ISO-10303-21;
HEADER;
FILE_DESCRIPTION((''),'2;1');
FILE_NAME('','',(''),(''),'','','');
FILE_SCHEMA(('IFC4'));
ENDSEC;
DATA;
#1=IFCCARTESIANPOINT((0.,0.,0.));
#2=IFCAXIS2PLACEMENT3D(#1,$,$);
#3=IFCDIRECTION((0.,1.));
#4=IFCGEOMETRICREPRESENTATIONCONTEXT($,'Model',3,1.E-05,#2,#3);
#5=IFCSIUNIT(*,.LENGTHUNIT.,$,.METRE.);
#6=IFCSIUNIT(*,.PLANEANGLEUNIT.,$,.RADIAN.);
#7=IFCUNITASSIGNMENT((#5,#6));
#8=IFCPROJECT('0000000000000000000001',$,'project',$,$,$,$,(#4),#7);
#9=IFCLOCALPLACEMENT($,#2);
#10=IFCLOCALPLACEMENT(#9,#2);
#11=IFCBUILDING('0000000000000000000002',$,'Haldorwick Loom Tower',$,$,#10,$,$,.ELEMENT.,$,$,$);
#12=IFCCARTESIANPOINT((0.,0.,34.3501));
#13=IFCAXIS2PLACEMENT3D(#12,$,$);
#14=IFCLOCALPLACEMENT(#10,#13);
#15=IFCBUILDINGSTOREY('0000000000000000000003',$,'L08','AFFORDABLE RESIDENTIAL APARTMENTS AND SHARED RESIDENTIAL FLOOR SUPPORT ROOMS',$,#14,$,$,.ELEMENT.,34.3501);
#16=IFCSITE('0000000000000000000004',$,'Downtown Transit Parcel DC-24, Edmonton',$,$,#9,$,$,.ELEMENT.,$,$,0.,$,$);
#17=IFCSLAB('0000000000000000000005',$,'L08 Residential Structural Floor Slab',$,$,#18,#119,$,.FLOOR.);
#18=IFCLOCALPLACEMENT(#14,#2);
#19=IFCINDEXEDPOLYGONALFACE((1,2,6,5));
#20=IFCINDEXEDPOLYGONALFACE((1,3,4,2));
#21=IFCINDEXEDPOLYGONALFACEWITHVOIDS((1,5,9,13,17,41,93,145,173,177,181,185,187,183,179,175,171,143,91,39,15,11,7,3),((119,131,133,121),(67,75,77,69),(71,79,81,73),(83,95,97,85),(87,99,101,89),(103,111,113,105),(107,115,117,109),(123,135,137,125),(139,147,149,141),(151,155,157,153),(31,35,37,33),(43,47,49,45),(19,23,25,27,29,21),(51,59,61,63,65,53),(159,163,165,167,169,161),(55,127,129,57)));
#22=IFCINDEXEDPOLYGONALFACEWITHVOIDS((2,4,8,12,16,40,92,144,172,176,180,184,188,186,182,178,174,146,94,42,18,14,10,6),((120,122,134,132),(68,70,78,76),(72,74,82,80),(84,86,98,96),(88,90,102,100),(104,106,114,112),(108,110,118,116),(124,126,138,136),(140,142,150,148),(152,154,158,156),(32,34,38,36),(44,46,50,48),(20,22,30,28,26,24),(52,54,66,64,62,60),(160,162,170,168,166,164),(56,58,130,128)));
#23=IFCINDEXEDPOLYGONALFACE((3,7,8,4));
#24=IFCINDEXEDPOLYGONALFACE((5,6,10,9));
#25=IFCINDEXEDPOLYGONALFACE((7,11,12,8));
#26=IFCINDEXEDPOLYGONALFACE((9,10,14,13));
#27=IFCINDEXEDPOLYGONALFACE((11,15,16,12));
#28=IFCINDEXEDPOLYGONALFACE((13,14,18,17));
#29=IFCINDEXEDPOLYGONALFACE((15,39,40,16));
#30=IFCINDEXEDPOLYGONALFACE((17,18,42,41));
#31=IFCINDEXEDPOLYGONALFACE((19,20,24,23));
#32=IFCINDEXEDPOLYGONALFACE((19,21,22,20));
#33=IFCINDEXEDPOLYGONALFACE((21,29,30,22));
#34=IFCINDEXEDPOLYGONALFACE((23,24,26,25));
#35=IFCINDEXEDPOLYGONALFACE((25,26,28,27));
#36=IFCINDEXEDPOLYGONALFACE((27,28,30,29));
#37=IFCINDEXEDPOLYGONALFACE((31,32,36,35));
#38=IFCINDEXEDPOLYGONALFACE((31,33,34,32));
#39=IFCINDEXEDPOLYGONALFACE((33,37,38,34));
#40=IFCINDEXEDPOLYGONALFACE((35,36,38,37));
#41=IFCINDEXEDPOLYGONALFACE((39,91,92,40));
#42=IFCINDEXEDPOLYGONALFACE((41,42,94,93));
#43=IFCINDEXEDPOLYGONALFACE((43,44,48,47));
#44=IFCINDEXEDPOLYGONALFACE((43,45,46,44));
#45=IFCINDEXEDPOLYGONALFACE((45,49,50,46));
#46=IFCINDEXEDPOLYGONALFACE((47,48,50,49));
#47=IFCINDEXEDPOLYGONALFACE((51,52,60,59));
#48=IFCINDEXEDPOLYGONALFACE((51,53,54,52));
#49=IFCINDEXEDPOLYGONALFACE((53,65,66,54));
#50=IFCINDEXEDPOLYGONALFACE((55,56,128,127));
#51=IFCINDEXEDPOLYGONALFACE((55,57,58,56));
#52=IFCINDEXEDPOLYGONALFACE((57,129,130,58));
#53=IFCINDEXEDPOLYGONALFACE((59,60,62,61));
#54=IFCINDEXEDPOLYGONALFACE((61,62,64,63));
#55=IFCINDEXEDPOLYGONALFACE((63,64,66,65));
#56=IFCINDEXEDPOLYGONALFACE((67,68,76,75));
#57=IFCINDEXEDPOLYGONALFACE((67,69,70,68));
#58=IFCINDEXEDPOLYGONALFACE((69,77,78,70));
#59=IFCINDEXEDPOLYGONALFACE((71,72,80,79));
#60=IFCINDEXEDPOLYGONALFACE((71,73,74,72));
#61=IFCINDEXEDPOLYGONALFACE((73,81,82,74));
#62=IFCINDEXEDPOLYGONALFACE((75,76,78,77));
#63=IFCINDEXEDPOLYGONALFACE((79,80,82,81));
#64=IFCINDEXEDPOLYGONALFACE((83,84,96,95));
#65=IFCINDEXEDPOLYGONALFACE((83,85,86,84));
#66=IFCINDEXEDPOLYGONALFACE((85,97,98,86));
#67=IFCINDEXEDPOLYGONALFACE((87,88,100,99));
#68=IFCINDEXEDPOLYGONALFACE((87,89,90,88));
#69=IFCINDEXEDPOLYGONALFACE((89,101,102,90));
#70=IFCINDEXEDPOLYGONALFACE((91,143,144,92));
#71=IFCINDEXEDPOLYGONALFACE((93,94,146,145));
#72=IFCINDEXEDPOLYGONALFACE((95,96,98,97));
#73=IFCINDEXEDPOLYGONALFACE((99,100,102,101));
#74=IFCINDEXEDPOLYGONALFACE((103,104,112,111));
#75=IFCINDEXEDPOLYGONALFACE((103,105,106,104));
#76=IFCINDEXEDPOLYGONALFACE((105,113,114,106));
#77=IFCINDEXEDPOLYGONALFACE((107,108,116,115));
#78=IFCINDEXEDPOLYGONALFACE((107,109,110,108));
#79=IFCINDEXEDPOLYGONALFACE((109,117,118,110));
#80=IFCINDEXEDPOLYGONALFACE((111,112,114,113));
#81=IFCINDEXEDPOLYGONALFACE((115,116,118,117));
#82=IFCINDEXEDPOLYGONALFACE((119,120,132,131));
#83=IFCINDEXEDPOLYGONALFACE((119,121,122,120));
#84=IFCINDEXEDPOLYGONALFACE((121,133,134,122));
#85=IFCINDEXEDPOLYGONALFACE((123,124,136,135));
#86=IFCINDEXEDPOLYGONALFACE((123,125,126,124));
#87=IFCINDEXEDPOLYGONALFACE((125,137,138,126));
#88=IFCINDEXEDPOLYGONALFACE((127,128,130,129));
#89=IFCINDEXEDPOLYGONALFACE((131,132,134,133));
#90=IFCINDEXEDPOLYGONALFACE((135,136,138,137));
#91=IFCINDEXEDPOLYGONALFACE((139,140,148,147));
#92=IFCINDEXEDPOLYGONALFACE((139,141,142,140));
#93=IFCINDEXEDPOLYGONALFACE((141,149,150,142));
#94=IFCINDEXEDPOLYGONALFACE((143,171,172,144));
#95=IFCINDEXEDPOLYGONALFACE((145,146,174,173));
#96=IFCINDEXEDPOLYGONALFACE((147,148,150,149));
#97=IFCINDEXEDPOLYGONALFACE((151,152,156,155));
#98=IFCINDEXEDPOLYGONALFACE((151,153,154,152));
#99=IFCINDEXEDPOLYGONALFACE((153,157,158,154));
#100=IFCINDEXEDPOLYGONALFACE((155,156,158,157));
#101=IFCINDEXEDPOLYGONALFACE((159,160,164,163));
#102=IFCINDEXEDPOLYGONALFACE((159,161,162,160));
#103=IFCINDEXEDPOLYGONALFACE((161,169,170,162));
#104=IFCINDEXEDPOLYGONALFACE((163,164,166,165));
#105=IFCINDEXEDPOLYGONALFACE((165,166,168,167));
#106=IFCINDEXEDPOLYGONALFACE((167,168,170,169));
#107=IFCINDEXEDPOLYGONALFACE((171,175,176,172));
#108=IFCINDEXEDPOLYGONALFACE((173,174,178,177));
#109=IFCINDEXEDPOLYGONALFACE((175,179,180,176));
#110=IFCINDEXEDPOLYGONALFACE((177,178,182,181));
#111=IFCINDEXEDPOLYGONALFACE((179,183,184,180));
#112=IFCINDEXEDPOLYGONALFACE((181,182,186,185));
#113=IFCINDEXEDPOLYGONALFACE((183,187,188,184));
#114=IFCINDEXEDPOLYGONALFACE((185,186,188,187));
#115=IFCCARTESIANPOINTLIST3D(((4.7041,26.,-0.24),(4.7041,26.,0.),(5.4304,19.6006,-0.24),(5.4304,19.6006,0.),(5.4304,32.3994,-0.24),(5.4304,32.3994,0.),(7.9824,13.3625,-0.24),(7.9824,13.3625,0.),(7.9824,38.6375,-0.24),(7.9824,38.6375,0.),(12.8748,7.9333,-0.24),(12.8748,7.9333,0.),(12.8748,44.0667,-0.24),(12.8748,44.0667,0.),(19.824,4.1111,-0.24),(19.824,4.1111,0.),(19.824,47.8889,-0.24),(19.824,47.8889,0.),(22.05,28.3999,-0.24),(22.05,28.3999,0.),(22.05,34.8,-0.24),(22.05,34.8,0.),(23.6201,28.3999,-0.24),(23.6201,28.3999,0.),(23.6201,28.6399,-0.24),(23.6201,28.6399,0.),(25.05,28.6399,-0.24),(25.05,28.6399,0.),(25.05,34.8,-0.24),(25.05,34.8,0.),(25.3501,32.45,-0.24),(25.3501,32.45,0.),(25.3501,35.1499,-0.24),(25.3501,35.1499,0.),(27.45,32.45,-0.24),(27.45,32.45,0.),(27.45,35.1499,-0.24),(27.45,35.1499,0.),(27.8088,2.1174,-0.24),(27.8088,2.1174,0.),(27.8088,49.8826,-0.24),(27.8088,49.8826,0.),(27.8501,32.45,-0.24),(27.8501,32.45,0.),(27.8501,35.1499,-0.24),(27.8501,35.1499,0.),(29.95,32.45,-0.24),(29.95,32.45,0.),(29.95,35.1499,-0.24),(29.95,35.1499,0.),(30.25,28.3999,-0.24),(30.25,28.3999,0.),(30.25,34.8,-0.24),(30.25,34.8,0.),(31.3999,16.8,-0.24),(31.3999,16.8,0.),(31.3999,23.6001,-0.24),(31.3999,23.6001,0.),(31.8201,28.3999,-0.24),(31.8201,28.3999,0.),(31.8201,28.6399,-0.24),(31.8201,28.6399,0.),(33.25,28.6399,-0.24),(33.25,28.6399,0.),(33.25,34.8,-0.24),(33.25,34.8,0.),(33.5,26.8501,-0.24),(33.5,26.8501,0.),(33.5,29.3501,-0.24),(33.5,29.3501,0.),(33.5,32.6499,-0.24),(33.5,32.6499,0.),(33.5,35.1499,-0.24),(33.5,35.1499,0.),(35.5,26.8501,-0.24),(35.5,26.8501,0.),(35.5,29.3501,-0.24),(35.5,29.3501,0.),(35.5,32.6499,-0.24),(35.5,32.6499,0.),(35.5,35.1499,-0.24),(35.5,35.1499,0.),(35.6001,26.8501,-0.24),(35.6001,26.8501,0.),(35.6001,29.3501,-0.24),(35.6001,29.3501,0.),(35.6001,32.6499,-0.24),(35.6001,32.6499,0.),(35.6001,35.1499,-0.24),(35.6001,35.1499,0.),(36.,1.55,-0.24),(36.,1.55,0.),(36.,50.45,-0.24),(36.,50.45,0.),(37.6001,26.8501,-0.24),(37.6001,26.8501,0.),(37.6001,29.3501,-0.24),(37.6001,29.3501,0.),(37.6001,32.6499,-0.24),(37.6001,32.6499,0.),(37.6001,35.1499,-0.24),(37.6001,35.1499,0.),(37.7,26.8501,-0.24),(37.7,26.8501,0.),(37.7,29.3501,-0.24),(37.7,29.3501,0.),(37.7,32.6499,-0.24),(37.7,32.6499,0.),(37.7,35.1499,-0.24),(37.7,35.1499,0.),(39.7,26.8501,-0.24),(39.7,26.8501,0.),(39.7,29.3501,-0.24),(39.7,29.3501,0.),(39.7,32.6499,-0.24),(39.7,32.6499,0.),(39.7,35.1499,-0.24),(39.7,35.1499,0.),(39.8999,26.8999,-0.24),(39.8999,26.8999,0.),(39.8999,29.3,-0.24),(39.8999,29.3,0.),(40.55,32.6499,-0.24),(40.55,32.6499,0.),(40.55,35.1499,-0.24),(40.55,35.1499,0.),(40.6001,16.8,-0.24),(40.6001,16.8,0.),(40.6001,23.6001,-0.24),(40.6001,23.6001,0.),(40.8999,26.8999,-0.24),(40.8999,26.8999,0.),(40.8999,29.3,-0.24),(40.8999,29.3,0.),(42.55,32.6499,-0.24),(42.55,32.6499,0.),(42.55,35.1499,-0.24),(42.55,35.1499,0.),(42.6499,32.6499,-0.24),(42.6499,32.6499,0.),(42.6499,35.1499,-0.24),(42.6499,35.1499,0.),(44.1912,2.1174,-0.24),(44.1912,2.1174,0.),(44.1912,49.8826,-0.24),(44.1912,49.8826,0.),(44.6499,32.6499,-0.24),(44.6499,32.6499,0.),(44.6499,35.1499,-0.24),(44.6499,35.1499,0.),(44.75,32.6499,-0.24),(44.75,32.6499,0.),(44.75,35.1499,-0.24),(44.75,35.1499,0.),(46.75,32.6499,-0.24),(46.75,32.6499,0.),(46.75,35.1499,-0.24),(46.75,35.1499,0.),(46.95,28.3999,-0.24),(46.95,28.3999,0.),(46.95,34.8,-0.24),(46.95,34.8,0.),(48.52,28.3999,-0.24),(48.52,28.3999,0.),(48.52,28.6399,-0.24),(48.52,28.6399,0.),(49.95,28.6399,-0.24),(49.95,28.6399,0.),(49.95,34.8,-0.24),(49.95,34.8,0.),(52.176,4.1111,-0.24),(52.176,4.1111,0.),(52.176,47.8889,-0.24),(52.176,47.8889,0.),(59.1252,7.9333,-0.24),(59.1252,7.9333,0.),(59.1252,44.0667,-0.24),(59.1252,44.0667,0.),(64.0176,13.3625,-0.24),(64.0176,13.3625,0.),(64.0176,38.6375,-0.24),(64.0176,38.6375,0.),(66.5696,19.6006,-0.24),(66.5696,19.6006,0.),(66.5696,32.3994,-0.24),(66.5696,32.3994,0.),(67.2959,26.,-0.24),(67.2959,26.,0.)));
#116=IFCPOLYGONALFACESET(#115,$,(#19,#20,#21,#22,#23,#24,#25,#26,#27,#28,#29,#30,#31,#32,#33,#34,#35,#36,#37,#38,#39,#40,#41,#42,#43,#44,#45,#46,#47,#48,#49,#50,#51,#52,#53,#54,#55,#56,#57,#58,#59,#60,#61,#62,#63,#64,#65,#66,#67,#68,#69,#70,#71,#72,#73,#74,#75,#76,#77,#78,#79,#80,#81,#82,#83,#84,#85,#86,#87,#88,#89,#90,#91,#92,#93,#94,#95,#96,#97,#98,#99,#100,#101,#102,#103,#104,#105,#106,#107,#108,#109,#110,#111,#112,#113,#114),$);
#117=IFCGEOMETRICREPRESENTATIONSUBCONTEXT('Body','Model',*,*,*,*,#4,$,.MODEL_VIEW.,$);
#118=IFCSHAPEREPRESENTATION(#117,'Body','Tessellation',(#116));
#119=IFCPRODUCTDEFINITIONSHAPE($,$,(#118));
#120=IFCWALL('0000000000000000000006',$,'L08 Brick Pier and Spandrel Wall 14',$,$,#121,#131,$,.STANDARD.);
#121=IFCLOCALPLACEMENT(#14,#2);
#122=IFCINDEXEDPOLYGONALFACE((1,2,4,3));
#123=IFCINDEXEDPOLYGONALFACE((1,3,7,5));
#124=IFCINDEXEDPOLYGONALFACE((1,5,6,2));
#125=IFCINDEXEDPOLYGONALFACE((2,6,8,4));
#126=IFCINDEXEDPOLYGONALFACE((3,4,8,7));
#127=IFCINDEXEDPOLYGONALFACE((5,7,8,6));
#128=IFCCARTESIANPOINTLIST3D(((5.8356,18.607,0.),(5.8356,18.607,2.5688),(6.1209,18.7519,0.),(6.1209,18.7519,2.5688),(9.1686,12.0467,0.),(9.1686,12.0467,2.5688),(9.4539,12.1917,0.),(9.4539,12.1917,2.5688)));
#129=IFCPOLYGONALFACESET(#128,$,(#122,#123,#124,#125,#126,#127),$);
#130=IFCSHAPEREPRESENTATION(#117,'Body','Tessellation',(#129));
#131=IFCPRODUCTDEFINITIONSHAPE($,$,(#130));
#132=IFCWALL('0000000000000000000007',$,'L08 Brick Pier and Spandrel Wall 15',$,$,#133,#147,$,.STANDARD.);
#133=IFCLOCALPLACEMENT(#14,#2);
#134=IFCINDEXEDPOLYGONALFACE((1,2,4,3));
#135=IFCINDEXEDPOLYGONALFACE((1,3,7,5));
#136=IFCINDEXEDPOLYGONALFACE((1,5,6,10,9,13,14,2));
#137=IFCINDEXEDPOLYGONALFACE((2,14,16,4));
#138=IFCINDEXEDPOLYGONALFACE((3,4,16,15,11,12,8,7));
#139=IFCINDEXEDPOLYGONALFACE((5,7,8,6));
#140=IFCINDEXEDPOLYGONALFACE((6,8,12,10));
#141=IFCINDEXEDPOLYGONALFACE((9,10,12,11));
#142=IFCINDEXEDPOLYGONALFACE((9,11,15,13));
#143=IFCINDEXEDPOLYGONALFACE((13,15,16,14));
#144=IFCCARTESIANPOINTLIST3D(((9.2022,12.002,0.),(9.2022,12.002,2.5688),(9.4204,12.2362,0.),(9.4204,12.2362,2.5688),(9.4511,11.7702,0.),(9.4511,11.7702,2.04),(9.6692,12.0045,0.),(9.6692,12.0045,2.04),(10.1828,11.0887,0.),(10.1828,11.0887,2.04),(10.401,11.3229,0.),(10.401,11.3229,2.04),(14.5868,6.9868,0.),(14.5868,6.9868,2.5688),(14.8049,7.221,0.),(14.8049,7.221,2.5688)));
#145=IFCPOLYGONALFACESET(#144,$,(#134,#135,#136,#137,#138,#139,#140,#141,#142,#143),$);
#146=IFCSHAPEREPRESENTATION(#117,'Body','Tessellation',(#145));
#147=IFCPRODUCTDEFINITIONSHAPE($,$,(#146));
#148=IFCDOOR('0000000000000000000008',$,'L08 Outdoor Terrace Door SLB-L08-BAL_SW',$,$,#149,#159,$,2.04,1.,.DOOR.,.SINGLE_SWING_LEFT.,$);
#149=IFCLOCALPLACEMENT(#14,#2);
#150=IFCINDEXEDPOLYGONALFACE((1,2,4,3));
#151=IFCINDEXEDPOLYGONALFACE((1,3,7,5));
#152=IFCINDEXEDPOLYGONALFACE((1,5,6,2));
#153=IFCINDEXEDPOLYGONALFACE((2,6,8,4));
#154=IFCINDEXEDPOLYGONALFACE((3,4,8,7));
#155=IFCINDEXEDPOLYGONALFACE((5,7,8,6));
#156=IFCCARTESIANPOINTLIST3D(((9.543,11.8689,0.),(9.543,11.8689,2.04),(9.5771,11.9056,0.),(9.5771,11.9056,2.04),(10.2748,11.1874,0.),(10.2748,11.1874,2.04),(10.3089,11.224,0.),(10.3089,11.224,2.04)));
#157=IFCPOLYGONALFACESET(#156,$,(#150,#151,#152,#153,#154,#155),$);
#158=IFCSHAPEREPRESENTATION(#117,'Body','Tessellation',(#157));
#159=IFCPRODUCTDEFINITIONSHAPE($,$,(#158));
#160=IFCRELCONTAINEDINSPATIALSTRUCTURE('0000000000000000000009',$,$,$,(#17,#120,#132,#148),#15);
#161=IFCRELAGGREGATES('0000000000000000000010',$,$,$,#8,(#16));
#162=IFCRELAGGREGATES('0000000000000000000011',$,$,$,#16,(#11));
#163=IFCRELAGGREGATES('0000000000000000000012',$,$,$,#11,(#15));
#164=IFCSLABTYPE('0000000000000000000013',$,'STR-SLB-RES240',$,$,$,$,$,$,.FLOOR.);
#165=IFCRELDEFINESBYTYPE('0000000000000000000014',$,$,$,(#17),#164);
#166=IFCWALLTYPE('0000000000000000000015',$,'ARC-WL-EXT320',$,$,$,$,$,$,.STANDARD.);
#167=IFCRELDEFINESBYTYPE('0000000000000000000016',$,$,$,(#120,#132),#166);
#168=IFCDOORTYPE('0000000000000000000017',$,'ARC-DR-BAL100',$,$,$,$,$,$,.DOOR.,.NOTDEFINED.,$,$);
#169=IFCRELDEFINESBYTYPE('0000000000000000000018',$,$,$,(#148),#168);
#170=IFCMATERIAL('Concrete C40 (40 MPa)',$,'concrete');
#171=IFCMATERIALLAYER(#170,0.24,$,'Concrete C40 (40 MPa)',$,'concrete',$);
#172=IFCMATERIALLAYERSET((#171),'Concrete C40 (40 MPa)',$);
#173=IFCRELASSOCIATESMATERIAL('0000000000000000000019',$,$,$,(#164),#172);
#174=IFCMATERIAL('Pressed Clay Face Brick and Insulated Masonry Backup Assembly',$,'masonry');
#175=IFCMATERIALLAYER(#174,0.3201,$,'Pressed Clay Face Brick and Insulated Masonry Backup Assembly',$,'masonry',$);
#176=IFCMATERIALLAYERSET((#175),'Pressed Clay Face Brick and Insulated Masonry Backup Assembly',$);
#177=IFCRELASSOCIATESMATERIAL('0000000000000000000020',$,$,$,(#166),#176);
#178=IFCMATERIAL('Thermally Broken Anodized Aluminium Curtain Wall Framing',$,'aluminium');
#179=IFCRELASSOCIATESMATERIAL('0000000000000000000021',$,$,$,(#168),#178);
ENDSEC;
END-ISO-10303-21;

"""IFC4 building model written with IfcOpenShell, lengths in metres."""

from ifc_helpers import new_model, si_unit, direction, frame, frame_2d, origin, place, context, subcontext, project, spatial, polyline, rectangle, outline, extrude, material, layer, layer_set, type_object, element, fill, save


model = new_model("IFC4")

# Units and contexts
model_context = context("Model", 3, precision=1e-05, world=origin(), true_north=direction((0.0, 1.0)))
body_context = subcontext(model_context, "Body", "Model", "MODEL_VIEW")
ifc_project = project(units=[si_unit("LENGTHUNIT", "METRE"), si_unit("PLANEANGLEUNIT", "RADIAN")], contexts=[model_context])

# Site, building, storey
site_placement = place(None, origin())
site = spatial("IfcSite", under=ifc_project, at=site_placement, Name="Downtown Transit Parcel DC-24, Edmonton", CompositionType="ELEMENT", RefElevation=0.0)
building_placement = place(site_placement, origin())
building = spatial("IfcBuilding", under=site, at=building_placement, Name="Haldorwick Loom Tower", CompositionType="ELEMENT")
storey_placement = place(building_placement, frame((0.0, 0.0, 34.3501)))
storey = spatial("IfcBuildingStorey", under=building, at=storey_placement, Name="L08", Description="AFFORDABLE RESIDENTIAL APARTMENTS AND SHARED RESIDENTIAL FLOOR SUPPORT ROOMS", CompositionType="ELEMENT", Elevation=34.3501)

# Shared definitions
ifc_material_1 = material(Name="Concrete C40 (40 MPa)", Category="concrete")

# Slab
ifc_layer_1 = layer(ifc_material_1, 0.24, Name="Concrete C40 (40 MPa)", Category="concrete")
ifc_layer_set_1 = layer_set([ifc_layer_1], Name="Concrete C40 (40 MPa)")
slab_type_1 = type_object("IfcSlabType", Name="STR-SLB-RES240", PredefinedType="FLOOR", material=ifc_layer_set_1)
slab_1_placement = place(storey_placement, frame((0.0, 0.0, -0.24)))
element("IfcSlab", 1, at=slab_1_placement, inside=storey, type_object=slab_type_1, Name="L08 Residential Structural Floor Slab", PredefinedType="FLOOR", context=body_context, shape_type="SweptSolid", body=[
    extrude(outline(polyline([(59.1252, 7.9333), (64.0176, 13.3625), (66.5696, 19.6006), (67.2959, 26.0), (66.5696, 32.3994), (64.0176, 38.6375), (59.1252, 44.0667), (52.176, 47.8889), (44.1912, 49.8826), (36.0, 50.45), (27.8088, 49.8826), (19.824, 47.8889), (12.8748, 44.0667), (7.9824, 38.6375), (5.4304, 32.3994), (4.7041, 26.0), (5.4304, 19.6006), (7.9824, 13.3625), (12.8748, 7.9333), (19.824, 4.1111), (27.8088, 2.1174), (36.0, 1.55), (44.1912, 2.1174), (52.176, 4.1111), (59.1252, 7.9333)]), holes=[polyline([(31.3999, 23.6001), (40.6001, 23.6001), (40.6001, 16.8), (31.3999, 16.8), (31.3999, 23.6001)]), polyline([(33.5, 26.8501), (33.5, 29.3501), (35.5, 29.3501), (35.5, 26.8501), (33.5, 26.8501)]), polyline([(22.05, 28.3999), (22.05, 34.8), (25.05, 34.8), (25.05, 28.6399), (23.6201, 28.6399), (23.6201, 28.3999), (22.05, 28.3999)]), polyline([(30.25, 28.3999), (30.25, 34.8), (33.25, 34.8), (33.25, 28.6399), (31.8201, 28.6399), (31.8201, 28.3999), (30.25, 28.3999)]), polyline([(25.3501, 32.45), (25.3501, 35.1499), (27.45, 35.1499), (27.45, 32.45), (25.3501, 32.45)]), polyline([(27.8501, 32.45), (27.8501, 35.1499), (29.95, 35.1499), (29.95, 32.45), (27.8501, 32.45)]), polyline([(33.5, 32.6499), (33.5, 35.1499), (35.5, 35.1499), (35.5, 32.6499), (33.5, 32.6499)]), polyline([(35.6001, 32.6499), (35.6001, 35.1499), (37.6001, 35.1499), (37.6001, 32.6499), (35.6001, 32.6499)]), polyline([(35.6001, 26.8501), (35.6001, 29.3501), (37.6001, 29.3501), (37.6001, 26.8501), (35.6001, 26.8501)]), polyline([(37.7, 26.8501), (37.7, 29.3501), (39.7, 29.3501), (39.7, 26.8501), (37.7, 26.8501)]), polyline([(39.8999, 26.8999), (39.8999, 29.3), (40.8999, 29.3), (40.8999, 26.8999), (39.8999, 26.8999)]), polyline([(46.95, 28.3999), (46.95, 34.8), (49.95, 34.8), (49.95, 28.6399), (48.52, 28.6399), (48.52, 28.3999), (46.95, 28.3999)]), polyline([(37.7, 32.6499), (37.7, 35.1499), (39.7, 35.1499), (39.7, 32.6499), (37.7, 32.6499)]), polyline([(40.55, 32.6499), (40.55, 35.1499), (42.55, 35.1499), (42.55, 32.6499), (40.55, 32.6499)]), polyline([(42.6499, 32.6499), (42.6499, 35.1499), (44.6499, 35.1499), (44.6499, 32.6499), (42.6499, 32.6499)]), polyline([(44.75, 32.6499), (44.75, 35.1499), (46.75, 35.1499), (46.75, 32.6499), (44.75, 32.6499)])]), origin(), (0.0, 0.0, 1.0), 0.24),
])

# Wall
ifc_material_2 = material(Name="Pressed Clay Face Brick and Insulated Masonry Backup Assembly", Category="masonry")
ifc_layer_2 = layer(ifc_material_2, 0.3201, Name="Pressed Clay Face Brick and Insulated Masonry Backup Assembly", Category="masonry")
ifc_layer_set_2 = layer_set([ifc_layer_2], Name="Pressed Clay Face Brick and Insulated Masonry Backup Assembly")
wall_type_1 = type_object("IfcWallType", Name="ARC-WL-EXT320", PredefinedType="STANDARD", material=ifc_layer_set_2)
wall_1_placement = place(storey_placement, frame((5.9783, 18.6794, 0.0), z_axis=(0.0, 0.0, 1.0), x_axis=(0.452951, -0.891535, 0.0)))
element("IfcWall", 2, at=wall_1_placement, inside=storey, type_object=wall_type_1, Name="L08 Brick Pier and Spandrel Wall 14", PredefinedType="STANDARD", context=body_context, shape_type="SweptSolid", body=[
    extrude(rectangle(XDim=7.3584, YDim=0.3201, at=frame_2d((3.6792, 0.0))), origin(), (0.0, 0.0, 1.0), 2.5688),
])

# Wall, opening, door
wall_2_placement = place(storey_placement, frame((9.3113, 12.1191, 0.0), z_axis=(0.0, 0.0, 1.0), x_axis=(0.731761, -0.681561, 0.0)))
wall_2 = element("IfcWall", 3, at=wall_2_placement, inside=storey, type_object=wall_type_1, Name="L08 Brick Pier and Spandrel Wall 15", PredefinedType="STANDARD", context=body_context, shape_type="SweptSolid", body=[
    extrude(rectangle(XDim=7.3584, YDim=0.3201, at=frame_2d((3.6792, 0.0))), origin(), (0.0, 0.0, 1.0), 2.5688),
])
opening_1_placement = place(wall_2_placement, frame((0.3401, 0.0, 0.0)))
opening_1 = element("IfcOpeningElement", 4, at=opening_1_placement, cuts=wall_2, PredefinedType="OPENING", context=body_context, shape_type="SweptSolid", body=[
    extrude(rectangle(XDim=1.0, YDim=2.04, at=frame_2d((0.5, 1.02))), frame((0.0, 0.1699, 0.0), z_axis=(0.0, -1.0, 0.0), x_axis=(1.0, 0.0, 0.0)), (0.0, 0.0, 1.0), 0.3401),
])
ifc_material_3 = material(Name="Thermally Broken Anodized Aluminium Curtain Wall Framing", Category="aluminium")
door_type_1 = type_object("IfcDoorType", Name="ARC-DR-BAL100", OperationType="NOTDEFINED", PredefinedType="DOOR", material=ifc_material_3)
door_1_placement = place(opening_1_placement, origin())
door_1 = element("IfcDoor", 5, at=door_1_placement, inside=storey, type_object=door_type_1, Name="L08 Outdoor Terrace Door SLB-L08-BAL_SW", OperationType="SINGLE_SWING_LEFT", OverallHeight=2.04, OverallWidth=1.0, PredefinedType="DOOR", context=body_context, shape_type="SweptSolid", body=[
    extrude(rectangle(XDim=1.0, YDim=2.04, at=frame_2d((0.5, 1.02))), frame((0.0, 0.0249, 0.0), z_axis=(0.0, -1.0, 0.0), x_axis=(1.0, 0.0, 0.0)), (0.0, 0.0, 1.0), 0.05),
])
fill(opening_1, door_1)

save(model, "model.ifc")
